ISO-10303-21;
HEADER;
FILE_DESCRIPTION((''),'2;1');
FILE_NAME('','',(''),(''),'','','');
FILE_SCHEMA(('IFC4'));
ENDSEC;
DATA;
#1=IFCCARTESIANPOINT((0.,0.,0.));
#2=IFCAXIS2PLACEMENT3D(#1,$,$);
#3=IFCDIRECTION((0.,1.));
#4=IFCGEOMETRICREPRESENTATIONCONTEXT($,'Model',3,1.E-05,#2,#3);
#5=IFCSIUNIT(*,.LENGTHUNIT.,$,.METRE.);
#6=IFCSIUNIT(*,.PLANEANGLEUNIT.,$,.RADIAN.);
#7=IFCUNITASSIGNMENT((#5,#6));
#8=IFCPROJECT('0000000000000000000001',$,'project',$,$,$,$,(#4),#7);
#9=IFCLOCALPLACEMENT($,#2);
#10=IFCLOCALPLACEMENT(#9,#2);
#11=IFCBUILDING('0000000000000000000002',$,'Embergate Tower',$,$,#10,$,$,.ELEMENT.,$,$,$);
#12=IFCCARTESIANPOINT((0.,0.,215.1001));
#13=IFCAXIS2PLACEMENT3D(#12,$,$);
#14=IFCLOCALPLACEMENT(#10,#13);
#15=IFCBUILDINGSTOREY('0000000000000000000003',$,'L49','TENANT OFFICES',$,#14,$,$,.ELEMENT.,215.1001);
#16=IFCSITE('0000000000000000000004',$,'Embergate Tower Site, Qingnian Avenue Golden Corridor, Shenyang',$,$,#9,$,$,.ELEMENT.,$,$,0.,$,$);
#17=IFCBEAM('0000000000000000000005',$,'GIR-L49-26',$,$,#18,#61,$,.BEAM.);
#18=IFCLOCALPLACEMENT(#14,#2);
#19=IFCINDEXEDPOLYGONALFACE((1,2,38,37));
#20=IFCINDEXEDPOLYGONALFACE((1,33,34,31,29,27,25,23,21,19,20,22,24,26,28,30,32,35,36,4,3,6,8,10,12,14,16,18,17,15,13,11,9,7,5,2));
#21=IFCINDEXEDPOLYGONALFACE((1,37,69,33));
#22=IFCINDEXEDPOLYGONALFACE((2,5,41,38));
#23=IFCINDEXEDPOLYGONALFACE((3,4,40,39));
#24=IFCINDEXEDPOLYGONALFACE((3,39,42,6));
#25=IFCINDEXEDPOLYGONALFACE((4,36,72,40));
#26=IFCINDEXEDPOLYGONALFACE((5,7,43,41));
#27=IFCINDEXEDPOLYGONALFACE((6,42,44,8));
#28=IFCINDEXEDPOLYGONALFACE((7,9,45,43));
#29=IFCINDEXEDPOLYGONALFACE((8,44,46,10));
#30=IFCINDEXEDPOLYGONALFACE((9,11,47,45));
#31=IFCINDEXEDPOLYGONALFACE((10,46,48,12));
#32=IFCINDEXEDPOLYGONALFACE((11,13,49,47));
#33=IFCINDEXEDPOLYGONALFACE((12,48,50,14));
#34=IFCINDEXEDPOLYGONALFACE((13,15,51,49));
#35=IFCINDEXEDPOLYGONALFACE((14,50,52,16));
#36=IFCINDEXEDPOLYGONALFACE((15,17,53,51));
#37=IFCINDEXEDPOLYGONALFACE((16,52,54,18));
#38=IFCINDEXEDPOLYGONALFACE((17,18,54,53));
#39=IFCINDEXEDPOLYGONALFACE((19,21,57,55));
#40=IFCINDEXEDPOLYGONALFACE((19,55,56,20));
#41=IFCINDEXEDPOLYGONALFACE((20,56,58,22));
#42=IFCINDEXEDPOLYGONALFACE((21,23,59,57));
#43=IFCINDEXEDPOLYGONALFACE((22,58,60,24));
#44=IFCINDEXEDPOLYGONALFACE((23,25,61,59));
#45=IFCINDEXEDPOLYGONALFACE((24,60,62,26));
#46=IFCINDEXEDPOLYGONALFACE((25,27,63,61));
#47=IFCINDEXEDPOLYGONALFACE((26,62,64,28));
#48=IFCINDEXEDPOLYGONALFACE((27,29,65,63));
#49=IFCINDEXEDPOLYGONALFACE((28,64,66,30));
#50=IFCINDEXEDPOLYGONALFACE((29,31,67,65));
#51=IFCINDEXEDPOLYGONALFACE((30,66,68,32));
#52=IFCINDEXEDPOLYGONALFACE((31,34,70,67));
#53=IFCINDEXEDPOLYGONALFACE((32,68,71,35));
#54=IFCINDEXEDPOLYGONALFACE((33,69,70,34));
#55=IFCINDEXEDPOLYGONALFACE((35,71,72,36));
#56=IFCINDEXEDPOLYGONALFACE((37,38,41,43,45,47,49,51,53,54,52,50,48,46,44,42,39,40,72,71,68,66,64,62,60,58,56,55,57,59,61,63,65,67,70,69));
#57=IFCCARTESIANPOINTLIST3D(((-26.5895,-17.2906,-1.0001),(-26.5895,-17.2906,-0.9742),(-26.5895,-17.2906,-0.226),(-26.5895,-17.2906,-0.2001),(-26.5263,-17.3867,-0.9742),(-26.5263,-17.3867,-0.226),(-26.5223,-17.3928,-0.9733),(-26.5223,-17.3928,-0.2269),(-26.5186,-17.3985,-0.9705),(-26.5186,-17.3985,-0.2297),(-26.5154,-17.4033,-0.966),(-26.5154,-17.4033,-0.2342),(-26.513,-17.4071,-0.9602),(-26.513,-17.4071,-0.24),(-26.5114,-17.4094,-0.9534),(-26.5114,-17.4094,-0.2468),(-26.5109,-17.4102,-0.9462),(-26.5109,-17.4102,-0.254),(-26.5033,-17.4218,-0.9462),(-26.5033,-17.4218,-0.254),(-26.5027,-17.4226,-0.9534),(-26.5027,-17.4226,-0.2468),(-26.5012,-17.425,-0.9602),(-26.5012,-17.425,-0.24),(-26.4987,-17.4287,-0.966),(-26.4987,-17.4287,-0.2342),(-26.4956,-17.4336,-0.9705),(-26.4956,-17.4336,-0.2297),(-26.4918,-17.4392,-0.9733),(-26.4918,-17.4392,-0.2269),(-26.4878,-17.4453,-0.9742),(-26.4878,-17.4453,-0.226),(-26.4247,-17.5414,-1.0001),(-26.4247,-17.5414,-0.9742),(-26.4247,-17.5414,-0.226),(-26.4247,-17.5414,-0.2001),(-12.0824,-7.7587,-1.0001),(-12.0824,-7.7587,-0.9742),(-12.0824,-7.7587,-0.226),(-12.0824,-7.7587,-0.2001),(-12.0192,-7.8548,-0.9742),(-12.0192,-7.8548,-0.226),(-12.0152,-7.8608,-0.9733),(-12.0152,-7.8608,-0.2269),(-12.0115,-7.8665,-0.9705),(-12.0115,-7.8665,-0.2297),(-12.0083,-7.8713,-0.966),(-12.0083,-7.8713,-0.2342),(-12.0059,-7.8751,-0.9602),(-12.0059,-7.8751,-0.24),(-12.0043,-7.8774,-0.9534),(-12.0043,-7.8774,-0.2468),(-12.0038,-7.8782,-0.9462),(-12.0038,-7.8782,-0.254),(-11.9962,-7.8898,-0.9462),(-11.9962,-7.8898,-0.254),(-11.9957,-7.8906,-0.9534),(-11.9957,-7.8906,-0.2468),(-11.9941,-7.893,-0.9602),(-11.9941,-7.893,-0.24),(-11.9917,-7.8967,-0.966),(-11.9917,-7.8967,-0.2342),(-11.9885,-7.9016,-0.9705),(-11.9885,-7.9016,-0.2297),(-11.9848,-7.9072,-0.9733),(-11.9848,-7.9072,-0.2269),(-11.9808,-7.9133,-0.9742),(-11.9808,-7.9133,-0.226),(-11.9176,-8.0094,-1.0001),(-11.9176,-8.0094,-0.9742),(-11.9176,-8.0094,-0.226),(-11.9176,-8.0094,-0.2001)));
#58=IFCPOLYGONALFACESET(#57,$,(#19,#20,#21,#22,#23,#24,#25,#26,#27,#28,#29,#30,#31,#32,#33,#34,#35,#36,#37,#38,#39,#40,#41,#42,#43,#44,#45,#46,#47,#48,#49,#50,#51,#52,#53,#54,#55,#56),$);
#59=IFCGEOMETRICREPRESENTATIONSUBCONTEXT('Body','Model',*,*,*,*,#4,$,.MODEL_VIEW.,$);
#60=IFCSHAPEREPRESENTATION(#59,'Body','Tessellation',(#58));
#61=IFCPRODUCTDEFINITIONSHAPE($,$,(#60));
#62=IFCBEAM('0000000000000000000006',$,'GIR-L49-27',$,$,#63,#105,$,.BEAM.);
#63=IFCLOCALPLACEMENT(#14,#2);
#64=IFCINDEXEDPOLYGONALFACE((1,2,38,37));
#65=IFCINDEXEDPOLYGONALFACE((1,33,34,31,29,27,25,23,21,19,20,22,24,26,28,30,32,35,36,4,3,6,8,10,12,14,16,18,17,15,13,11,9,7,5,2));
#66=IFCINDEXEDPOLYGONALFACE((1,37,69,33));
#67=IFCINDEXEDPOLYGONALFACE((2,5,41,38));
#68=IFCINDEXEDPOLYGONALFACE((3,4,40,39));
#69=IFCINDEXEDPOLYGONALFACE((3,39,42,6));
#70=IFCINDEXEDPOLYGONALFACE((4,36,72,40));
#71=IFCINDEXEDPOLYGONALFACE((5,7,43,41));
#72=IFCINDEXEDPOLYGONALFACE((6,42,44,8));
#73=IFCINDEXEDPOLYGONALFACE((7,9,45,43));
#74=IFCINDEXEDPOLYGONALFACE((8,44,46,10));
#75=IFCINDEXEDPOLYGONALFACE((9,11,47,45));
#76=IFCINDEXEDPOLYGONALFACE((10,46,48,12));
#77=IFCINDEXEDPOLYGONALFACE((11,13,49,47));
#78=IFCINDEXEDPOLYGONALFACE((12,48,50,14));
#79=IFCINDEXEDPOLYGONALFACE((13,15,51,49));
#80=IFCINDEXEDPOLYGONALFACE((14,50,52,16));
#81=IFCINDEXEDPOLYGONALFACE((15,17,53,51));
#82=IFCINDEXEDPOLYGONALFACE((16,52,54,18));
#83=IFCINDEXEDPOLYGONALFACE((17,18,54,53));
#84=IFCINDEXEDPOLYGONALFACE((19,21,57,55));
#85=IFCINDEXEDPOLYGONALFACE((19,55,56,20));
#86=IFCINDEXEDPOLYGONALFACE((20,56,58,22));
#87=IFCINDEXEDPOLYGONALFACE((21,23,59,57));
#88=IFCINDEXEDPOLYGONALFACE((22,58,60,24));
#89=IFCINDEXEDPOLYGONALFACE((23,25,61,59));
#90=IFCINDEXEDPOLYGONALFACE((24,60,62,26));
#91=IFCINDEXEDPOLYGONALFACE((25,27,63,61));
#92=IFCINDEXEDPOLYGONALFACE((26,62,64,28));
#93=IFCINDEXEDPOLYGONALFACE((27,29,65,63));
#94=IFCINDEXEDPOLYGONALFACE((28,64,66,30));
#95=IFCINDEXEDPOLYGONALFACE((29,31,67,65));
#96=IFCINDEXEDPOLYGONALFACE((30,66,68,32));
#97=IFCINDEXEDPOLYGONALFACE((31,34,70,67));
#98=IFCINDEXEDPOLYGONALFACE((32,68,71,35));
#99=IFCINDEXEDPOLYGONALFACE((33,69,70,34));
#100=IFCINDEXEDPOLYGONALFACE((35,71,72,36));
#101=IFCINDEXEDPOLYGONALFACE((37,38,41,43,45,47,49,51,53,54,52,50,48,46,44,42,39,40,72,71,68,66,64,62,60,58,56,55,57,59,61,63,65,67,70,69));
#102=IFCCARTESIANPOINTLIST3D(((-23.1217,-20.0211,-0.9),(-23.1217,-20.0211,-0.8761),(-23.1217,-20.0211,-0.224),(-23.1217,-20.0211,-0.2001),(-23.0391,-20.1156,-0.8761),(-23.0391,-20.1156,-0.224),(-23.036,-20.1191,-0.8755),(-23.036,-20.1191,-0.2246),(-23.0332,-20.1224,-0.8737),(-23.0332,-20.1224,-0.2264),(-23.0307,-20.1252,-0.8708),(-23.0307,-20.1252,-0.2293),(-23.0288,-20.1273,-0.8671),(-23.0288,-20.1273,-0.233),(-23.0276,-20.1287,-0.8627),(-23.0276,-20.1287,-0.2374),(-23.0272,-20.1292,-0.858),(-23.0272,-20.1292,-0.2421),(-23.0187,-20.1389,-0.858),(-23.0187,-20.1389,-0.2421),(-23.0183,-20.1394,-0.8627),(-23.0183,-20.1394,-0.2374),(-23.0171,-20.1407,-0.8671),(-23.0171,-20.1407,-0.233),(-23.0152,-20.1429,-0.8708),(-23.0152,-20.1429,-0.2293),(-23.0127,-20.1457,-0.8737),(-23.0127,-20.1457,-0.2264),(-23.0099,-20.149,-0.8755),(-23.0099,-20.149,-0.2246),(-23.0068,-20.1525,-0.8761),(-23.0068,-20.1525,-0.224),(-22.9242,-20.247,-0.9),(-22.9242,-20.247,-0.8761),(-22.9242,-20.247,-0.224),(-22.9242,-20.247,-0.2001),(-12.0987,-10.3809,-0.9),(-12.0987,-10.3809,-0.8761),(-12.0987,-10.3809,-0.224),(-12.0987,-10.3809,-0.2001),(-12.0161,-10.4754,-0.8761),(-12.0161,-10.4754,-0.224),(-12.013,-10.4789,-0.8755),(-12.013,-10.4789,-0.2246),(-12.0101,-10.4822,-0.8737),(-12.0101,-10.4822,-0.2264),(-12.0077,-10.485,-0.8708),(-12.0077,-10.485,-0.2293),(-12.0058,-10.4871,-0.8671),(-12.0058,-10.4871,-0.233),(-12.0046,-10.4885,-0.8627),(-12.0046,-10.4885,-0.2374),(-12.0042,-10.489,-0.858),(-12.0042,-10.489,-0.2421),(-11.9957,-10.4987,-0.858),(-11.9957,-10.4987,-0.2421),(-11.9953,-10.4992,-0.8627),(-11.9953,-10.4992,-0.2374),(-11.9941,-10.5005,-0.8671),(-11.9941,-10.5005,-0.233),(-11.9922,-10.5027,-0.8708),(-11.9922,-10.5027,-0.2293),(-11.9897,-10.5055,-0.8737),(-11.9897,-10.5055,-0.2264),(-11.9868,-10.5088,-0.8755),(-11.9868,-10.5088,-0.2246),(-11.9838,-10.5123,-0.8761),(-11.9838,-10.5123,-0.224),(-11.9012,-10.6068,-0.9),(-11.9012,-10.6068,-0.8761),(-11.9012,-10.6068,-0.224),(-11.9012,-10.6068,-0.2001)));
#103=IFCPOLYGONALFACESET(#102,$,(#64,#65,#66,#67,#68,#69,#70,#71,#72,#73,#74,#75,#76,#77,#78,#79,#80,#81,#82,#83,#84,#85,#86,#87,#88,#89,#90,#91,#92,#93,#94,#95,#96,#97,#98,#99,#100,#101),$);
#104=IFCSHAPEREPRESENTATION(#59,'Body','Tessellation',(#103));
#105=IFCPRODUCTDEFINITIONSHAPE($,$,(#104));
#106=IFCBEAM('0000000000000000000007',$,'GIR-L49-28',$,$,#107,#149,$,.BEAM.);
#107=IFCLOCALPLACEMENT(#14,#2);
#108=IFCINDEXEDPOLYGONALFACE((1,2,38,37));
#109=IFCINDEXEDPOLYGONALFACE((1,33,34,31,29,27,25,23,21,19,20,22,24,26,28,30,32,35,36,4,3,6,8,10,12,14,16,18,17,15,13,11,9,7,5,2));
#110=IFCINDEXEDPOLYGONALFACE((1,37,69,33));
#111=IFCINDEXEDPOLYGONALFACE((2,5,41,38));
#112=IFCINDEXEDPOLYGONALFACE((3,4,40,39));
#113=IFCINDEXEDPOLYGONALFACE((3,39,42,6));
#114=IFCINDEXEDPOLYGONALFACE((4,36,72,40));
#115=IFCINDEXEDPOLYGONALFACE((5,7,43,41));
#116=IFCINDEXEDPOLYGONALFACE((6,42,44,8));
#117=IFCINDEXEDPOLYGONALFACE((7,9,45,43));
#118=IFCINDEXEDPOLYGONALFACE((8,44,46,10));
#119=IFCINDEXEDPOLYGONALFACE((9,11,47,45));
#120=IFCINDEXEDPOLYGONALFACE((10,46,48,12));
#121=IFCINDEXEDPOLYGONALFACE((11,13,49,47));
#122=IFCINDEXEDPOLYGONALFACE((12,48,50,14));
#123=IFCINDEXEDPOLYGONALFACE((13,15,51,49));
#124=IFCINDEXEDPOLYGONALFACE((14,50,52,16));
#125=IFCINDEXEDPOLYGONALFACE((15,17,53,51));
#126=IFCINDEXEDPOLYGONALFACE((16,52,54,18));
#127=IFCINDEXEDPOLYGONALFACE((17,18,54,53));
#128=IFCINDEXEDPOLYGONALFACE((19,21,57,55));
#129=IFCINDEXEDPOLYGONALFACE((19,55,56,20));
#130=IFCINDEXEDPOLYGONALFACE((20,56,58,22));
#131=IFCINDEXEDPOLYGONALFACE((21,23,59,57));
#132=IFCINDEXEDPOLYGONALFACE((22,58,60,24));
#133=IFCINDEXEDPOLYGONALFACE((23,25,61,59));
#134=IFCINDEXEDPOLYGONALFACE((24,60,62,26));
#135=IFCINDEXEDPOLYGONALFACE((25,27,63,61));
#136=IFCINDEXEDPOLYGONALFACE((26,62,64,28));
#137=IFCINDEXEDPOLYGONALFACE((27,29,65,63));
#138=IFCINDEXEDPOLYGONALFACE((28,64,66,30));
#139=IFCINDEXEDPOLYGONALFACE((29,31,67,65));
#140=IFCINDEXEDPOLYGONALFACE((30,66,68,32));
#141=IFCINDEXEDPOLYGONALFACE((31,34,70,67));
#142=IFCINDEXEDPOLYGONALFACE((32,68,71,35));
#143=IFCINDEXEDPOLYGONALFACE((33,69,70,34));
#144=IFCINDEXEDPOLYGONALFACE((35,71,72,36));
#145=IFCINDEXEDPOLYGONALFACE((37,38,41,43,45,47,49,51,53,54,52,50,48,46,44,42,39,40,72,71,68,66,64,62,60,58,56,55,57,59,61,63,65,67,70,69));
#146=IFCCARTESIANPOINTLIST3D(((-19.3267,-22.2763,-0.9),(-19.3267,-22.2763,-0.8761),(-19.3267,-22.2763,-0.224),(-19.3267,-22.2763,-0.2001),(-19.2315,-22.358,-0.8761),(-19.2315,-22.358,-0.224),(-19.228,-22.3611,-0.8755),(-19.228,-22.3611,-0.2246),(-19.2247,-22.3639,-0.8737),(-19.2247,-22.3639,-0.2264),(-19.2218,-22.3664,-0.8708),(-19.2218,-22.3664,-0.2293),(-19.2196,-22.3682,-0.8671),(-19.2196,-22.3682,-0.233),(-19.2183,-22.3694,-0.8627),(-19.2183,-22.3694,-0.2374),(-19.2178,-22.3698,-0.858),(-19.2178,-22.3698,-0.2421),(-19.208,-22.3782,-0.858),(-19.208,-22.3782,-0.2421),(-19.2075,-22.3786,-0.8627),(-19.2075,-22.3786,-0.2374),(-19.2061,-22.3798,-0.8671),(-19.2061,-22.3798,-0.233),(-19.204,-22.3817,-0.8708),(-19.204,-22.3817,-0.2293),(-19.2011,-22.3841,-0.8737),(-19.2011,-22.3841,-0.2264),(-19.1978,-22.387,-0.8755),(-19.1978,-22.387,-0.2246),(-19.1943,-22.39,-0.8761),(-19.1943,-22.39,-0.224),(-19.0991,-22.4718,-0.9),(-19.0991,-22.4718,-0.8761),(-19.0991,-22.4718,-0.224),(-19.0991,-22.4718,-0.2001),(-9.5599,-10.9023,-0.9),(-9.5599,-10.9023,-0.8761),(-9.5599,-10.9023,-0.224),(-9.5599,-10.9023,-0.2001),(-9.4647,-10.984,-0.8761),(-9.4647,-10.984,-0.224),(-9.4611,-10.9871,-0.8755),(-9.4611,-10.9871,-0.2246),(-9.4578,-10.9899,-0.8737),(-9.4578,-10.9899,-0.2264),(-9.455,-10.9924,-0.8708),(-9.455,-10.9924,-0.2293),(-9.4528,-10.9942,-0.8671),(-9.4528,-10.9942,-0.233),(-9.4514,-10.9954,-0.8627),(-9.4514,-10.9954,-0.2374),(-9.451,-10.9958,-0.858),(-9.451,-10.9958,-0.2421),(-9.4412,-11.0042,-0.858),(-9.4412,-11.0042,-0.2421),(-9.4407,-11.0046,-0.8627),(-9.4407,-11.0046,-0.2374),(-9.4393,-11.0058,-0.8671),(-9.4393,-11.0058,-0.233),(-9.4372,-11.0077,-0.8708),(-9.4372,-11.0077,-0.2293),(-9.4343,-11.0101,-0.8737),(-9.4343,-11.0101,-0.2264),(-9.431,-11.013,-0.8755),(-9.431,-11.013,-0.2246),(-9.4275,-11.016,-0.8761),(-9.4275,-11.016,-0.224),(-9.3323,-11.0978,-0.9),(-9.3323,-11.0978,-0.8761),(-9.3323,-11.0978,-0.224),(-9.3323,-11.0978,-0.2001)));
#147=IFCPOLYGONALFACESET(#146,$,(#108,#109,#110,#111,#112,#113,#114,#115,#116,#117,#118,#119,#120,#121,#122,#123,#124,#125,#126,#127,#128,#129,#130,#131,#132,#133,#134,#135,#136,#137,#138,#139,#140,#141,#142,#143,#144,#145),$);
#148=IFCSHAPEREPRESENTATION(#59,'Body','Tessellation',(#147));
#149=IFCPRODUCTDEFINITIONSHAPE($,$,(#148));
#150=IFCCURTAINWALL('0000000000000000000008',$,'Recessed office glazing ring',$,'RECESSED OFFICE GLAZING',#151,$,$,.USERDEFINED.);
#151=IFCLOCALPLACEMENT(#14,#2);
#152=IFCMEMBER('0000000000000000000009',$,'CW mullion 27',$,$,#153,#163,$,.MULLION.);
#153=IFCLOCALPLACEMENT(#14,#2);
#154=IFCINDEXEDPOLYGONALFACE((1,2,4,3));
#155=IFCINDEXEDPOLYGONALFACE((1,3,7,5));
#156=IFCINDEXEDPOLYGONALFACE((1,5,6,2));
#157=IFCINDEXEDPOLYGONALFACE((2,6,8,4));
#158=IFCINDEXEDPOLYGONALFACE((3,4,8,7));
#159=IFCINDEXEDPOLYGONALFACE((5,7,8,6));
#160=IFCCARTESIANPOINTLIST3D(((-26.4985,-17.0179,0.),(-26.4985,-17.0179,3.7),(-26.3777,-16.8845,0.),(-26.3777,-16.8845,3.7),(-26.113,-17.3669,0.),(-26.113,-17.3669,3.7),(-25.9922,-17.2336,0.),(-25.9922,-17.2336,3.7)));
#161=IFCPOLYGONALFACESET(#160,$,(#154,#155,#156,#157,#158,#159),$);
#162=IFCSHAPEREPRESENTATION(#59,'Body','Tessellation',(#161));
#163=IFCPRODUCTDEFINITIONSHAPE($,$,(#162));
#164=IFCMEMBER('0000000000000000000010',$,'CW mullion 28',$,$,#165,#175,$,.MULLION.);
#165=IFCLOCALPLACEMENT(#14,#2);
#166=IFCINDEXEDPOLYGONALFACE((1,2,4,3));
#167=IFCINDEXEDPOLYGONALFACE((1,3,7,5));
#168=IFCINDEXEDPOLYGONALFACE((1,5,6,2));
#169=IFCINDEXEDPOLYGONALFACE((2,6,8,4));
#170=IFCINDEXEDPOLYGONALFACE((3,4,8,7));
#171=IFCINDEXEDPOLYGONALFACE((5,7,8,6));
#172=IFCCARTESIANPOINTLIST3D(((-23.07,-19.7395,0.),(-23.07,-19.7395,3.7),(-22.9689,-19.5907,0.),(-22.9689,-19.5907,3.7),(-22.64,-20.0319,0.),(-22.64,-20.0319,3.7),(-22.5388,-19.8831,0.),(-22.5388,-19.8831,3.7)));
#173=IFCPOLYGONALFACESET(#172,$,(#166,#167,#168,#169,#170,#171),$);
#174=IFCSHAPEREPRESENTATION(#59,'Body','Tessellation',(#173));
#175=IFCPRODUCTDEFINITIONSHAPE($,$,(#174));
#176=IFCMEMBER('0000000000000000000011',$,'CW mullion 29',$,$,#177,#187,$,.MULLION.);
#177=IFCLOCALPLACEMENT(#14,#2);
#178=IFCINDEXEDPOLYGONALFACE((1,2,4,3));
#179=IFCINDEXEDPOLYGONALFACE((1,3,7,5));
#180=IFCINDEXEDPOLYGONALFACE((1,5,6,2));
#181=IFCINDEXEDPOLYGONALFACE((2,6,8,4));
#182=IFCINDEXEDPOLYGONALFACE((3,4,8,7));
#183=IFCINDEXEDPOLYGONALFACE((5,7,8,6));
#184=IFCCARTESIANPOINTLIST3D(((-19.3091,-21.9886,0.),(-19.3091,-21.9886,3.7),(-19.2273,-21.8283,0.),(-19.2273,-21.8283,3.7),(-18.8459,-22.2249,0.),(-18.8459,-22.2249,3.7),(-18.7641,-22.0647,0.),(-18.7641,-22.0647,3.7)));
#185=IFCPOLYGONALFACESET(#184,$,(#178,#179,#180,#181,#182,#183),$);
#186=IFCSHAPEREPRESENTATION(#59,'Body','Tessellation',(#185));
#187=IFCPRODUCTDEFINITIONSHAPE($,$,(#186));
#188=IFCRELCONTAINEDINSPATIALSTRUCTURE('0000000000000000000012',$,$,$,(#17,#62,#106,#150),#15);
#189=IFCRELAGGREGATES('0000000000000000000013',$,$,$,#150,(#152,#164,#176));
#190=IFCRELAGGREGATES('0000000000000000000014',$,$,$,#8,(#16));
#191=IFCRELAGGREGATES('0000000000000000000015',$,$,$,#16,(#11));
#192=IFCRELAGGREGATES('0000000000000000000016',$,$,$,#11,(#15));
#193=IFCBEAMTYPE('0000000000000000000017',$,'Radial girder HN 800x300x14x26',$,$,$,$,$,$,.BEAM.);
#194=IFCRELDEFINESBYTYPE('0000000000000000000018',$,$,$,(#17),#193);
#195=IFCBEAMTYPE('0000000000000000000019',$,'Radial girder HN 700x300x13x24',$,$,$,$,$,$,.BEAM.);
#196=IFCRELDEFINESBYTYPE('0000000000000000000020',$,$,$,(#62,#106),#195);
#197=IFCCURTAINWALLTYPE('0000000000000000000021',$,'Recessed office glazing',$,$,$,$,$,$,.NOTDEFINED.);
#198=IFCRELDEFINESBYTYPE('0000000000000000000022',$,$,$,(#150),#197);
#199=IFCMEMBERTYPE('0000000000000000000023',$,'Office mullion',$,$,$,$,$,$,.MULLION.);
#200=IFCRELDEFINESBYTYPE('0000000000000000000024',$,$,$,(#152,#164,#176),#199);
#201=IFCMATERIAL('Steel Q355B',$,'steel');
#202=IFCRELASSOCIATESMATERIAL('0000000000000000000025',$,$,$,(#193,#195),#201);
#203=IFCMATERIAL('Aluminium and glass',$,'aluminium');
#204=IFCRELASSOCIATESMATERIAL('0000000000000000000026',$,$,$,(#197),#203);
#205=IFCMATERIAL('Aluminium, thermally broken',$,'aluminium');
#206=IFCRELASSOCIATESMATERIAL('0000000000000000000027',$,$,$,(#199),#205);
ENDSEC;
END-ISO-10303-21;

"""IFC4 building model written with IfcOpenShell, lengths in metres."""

from ifc_helpers import new_model, si_unit, direction, frame, origin, origin_2d, place, context, subcontext, project, spatial, rectangle, i_section, extrude, source, transform, mapped, material, material_profile, profile_set, type_object, element, aggregate, save


model = new_model("IFC4")

# Units and contexts
model_context = context("Model", 3, precision=1e-05, world=origin(), true_north=direction((0.0, 1.0)))
body_context = subcontext(model_context, "Body", "Model", "MODEL_VIEW")
ifc_project = project(units=[si_unit("LENGTHUNIT", "METRE"), si_unit("PLANEANGLEUNIT", "RADIAN")], contexts=[model_context])

# Site, building, storey
site_placement = place(None, origin())
site = spatial("IfcSite", under=ifc_project, at=site_placement, Name="Embergate Tower Site, Qingnian Avenue Golden Corridor, Shenyang", CompositionType="ELEMENT", RefElevation=0.0)
building_placement = place(site_placement, origin())
building = spatial("IfcBuilding", under=site, at=building_placement, Name="Embergate Tower", CompositionType="ELEMENT")
storey_placement = place(building_placement, frame((0.0, 0.0, 215.1001)))
storey = spatial("IfcBuildingStorey", under=building, at=storey_placement, Name="L49", Description="TENANT OFFICES", CompositionType="ELEMENT", Elevation=215.1001)

# Beams
ifc_material_1 = material(Name="Steel Q355B", Category="steel")
ifc_material_profile_1 = material_profile(ifc_material_1, i_section(OverallWidth=0.3, OverallDepth=0.8, WebThickness=0.0139, FlangeThickness=0.0259, FilletRadius=0.0281, at=origin_2d()), Name="HN 800x300x14x26")
ifc_profile_set_1 = profile_set([ifc_material_profile_1], Name="Steel Q355 grade B")
beam_type_1 = type_object("IfcBeamType", Name="Radial girder HN 800x300x14x26", PredefinedType="BEAM", material=ifc_profile_set_1)
shared_shape_1 = source(origin(), body_context, "Body", "SweptSolid", [
    extrude(i_section(OverallWidth=0.3, OverallDepth=0.8, WebThickness=0.0139, FlangeThickness=0.0259, FilletRadius=0.0281, at=origin_2d()), origin(), (0.0, 0.0, 1.0), 17.3584),
])
beam_1_placement = place(storey_placement, frame((-26.5071, -17.416, -0.6001), z_axis=(0.835738, 0.549128, 0.0), x_axis=(-0.549128, 0.835738, 0.0)))
element("IfcBeam", 1, at=beam_1_placement, inside=storey, type_object=beam_type_1, Name="GIR-L49-26", PredefinedType="BEAM", context=body_context, shape_type="MappedRepresentation", body=[
    mapped(shared_shape_1, transform((0.0, 0.0, 0.0))),
])
ifc_material_profile_2 = material_profile(ifc_material_1, i_section(OverallWidth=0.3, OverallDepth=0.7, WebThickness=0.0129, FlangeThickness=0.0239, FilletRadius=0.0181, at=origin_2d()), Name="HN 700x300x13x24")
ifc_profile_set_2 = profile_set([ifc_material_profile_2], Name="Steel Q355 grade B")
beam_type_2 = type_object("IfcBeamType", Name="Radial girder HN 700x300x13x24", PredefinedType="BEAM", material=ifc_profile_set_2)
shared_shape_2 = source(origin(), body_context, "Body", "SweptSolid", [
    extrude(i_section(OverallWidth=0.3, OverallDepth=0.7, WebThickness=0.0129, FlangeThickness=0.0239, FilletRadius=0.0181, at=origin_2d()), origin(), (0.0, 0.0, 1.0), 14.6438),
])
beam_2_placement = place(storey_placement, frame((-23.0229, -20.134, -0.55), z_axis=(0.752744, 0.658313, 0.0), x_axis=(-0.658313, 0.752744, 0.0)))
element("IfcBeam", 2, at=beam_2_placement, inside=storey, type_object=beam_type_2, Name="GIR-L49-27", PredefinedType="BEAM", context=body_context, shape_type="MappedRepresentation", body=[
    mapped(shared_shape_2, transform((0.0, 0.0, 0.0))),
])
shared_shape_3 = source(origin(), body_context, "Body", "SweptSolid", [
    extrude(i_section(OverallWidth=0.3, OverallDepth=0.7, WebThickness=0.0129, FlangeThickness=0.0239, FilletRadius=0.0181, at=origin_2d()), origin(), (0.0, 0.0, 1.0), 14.9919),
])
beam_3_placement = place(storey_placement, frame((-19.2129, -22.374, -0.55), z_axis=(0.651471, 0.758673, 0.0), x_axis=(-0.758673, 0.651471, 0.0)))
element("IfcBeam", 3, at=beam_3_placement, inside=storey, type_object=beam_type_2, Name="GIR-L49-28", PredefinedType="BEAM", context=body_context, shape_type="MappedRepresentation", body=[
    mapped(shared_shape_3, transform((0.0, 0.0, 0.0))),
])

# Curtain wall, members
ifc_material_2 = material(Name="Aluminium and glass", Category="aluminium")
curtain_wall_type = type_object("IfcCurtainWallType", Name="Recessed office glazing", PredefinedType="NOTDEFINED", material=ifc_material_2)
curtain_wall_placement = place(storey_placement, origin())
curtain_wall = element("IfcCurtainWall", 4, at=curtain_wall_placement, inside=storey, type_object=curtain_wall_type, Name="Recessed office glazing ring", ObjectType="RECESSED OFFICE GLAZING", PredefinedType="USERDEFINED")
ifc_material_3 = material(Name="Aluminium, thermally broken", Category="aluminium")
ifc_material_profile_3 = material_profile(ifc_material_3, rectangle(XDim=0.1799, YDim=0.52, at=origin_2d()), Name="AL 520x180")
ifc_profile_set_3 = profile_set([ifc_material_profile_3], Name="Aluminium, thermally broken")
member_type_1 = type_object("IfcMemberType", Name="Office mullion", PredefinedType="MULLION", material=ifc_profile_set_3)
shared_shape_4 = source(origin(), body_context, "Body", "SweptSolid", [
    extrude(rectangle(XDim=0.1799, YDim=0.52, at=origin_2d()), origin(), (0.0, 0.0, 1.0), 3.7),
])
member_1_placement = place(storey_placement, frame((-26.2454, -17.1257, 0.0), z_axis=(0.0, 0.0, 1.0), x_axis=(0.67123, 0.741249, 0.0)))
member_1 = element("IfcMember", 5, at=member_1_placement, type_object=member_type_1, Name="CW mullion 27", PredefinedType="MULLION", context=body_context, shape_type="MappedRepresentation", body=[
    mapped(shared_shape_4, transform((0.0, 0.0, 0.0))),
])
member_2_placement = place(storey_placement, frame((-22.8044, -19.8113, 0.0), z_axis=(0.0, 0.0, 1.0), x_axis=(0.562221, 0.826987, 0.0)))
member_2 = element("IfcMember", 6, at=member_2_placement, type_object=member_type_1, Name="CW mullion 28", PredefinedType="MULLION", context=body_context, shape_type="MappedRepresentation", body=[
    mapped(shared_shape_4, transform((0.0, 0.0, 0.0))),
])
member_3_placement = place(storey_placement, frame((-19.0366, -22.0266, 0.0), z_axis=(0.0, 0.0, 1.0), x_axis=(0.454514, 0.890739, 0.0)))
member_3 = element("IfcMember", 7, at=member_3_placement, type_object=member_type_1, Name="CW mullion 29", PredefinedType="MULLION", context=body_context, shape_type="MappedRepresentation", body=[
    mapped(shared_shape_4, transform((0.0, 0.0, 0.0))),
])
aggregate(curtain_wall, [member_1, member_2, member_3])

save(model, "model.ifc")
